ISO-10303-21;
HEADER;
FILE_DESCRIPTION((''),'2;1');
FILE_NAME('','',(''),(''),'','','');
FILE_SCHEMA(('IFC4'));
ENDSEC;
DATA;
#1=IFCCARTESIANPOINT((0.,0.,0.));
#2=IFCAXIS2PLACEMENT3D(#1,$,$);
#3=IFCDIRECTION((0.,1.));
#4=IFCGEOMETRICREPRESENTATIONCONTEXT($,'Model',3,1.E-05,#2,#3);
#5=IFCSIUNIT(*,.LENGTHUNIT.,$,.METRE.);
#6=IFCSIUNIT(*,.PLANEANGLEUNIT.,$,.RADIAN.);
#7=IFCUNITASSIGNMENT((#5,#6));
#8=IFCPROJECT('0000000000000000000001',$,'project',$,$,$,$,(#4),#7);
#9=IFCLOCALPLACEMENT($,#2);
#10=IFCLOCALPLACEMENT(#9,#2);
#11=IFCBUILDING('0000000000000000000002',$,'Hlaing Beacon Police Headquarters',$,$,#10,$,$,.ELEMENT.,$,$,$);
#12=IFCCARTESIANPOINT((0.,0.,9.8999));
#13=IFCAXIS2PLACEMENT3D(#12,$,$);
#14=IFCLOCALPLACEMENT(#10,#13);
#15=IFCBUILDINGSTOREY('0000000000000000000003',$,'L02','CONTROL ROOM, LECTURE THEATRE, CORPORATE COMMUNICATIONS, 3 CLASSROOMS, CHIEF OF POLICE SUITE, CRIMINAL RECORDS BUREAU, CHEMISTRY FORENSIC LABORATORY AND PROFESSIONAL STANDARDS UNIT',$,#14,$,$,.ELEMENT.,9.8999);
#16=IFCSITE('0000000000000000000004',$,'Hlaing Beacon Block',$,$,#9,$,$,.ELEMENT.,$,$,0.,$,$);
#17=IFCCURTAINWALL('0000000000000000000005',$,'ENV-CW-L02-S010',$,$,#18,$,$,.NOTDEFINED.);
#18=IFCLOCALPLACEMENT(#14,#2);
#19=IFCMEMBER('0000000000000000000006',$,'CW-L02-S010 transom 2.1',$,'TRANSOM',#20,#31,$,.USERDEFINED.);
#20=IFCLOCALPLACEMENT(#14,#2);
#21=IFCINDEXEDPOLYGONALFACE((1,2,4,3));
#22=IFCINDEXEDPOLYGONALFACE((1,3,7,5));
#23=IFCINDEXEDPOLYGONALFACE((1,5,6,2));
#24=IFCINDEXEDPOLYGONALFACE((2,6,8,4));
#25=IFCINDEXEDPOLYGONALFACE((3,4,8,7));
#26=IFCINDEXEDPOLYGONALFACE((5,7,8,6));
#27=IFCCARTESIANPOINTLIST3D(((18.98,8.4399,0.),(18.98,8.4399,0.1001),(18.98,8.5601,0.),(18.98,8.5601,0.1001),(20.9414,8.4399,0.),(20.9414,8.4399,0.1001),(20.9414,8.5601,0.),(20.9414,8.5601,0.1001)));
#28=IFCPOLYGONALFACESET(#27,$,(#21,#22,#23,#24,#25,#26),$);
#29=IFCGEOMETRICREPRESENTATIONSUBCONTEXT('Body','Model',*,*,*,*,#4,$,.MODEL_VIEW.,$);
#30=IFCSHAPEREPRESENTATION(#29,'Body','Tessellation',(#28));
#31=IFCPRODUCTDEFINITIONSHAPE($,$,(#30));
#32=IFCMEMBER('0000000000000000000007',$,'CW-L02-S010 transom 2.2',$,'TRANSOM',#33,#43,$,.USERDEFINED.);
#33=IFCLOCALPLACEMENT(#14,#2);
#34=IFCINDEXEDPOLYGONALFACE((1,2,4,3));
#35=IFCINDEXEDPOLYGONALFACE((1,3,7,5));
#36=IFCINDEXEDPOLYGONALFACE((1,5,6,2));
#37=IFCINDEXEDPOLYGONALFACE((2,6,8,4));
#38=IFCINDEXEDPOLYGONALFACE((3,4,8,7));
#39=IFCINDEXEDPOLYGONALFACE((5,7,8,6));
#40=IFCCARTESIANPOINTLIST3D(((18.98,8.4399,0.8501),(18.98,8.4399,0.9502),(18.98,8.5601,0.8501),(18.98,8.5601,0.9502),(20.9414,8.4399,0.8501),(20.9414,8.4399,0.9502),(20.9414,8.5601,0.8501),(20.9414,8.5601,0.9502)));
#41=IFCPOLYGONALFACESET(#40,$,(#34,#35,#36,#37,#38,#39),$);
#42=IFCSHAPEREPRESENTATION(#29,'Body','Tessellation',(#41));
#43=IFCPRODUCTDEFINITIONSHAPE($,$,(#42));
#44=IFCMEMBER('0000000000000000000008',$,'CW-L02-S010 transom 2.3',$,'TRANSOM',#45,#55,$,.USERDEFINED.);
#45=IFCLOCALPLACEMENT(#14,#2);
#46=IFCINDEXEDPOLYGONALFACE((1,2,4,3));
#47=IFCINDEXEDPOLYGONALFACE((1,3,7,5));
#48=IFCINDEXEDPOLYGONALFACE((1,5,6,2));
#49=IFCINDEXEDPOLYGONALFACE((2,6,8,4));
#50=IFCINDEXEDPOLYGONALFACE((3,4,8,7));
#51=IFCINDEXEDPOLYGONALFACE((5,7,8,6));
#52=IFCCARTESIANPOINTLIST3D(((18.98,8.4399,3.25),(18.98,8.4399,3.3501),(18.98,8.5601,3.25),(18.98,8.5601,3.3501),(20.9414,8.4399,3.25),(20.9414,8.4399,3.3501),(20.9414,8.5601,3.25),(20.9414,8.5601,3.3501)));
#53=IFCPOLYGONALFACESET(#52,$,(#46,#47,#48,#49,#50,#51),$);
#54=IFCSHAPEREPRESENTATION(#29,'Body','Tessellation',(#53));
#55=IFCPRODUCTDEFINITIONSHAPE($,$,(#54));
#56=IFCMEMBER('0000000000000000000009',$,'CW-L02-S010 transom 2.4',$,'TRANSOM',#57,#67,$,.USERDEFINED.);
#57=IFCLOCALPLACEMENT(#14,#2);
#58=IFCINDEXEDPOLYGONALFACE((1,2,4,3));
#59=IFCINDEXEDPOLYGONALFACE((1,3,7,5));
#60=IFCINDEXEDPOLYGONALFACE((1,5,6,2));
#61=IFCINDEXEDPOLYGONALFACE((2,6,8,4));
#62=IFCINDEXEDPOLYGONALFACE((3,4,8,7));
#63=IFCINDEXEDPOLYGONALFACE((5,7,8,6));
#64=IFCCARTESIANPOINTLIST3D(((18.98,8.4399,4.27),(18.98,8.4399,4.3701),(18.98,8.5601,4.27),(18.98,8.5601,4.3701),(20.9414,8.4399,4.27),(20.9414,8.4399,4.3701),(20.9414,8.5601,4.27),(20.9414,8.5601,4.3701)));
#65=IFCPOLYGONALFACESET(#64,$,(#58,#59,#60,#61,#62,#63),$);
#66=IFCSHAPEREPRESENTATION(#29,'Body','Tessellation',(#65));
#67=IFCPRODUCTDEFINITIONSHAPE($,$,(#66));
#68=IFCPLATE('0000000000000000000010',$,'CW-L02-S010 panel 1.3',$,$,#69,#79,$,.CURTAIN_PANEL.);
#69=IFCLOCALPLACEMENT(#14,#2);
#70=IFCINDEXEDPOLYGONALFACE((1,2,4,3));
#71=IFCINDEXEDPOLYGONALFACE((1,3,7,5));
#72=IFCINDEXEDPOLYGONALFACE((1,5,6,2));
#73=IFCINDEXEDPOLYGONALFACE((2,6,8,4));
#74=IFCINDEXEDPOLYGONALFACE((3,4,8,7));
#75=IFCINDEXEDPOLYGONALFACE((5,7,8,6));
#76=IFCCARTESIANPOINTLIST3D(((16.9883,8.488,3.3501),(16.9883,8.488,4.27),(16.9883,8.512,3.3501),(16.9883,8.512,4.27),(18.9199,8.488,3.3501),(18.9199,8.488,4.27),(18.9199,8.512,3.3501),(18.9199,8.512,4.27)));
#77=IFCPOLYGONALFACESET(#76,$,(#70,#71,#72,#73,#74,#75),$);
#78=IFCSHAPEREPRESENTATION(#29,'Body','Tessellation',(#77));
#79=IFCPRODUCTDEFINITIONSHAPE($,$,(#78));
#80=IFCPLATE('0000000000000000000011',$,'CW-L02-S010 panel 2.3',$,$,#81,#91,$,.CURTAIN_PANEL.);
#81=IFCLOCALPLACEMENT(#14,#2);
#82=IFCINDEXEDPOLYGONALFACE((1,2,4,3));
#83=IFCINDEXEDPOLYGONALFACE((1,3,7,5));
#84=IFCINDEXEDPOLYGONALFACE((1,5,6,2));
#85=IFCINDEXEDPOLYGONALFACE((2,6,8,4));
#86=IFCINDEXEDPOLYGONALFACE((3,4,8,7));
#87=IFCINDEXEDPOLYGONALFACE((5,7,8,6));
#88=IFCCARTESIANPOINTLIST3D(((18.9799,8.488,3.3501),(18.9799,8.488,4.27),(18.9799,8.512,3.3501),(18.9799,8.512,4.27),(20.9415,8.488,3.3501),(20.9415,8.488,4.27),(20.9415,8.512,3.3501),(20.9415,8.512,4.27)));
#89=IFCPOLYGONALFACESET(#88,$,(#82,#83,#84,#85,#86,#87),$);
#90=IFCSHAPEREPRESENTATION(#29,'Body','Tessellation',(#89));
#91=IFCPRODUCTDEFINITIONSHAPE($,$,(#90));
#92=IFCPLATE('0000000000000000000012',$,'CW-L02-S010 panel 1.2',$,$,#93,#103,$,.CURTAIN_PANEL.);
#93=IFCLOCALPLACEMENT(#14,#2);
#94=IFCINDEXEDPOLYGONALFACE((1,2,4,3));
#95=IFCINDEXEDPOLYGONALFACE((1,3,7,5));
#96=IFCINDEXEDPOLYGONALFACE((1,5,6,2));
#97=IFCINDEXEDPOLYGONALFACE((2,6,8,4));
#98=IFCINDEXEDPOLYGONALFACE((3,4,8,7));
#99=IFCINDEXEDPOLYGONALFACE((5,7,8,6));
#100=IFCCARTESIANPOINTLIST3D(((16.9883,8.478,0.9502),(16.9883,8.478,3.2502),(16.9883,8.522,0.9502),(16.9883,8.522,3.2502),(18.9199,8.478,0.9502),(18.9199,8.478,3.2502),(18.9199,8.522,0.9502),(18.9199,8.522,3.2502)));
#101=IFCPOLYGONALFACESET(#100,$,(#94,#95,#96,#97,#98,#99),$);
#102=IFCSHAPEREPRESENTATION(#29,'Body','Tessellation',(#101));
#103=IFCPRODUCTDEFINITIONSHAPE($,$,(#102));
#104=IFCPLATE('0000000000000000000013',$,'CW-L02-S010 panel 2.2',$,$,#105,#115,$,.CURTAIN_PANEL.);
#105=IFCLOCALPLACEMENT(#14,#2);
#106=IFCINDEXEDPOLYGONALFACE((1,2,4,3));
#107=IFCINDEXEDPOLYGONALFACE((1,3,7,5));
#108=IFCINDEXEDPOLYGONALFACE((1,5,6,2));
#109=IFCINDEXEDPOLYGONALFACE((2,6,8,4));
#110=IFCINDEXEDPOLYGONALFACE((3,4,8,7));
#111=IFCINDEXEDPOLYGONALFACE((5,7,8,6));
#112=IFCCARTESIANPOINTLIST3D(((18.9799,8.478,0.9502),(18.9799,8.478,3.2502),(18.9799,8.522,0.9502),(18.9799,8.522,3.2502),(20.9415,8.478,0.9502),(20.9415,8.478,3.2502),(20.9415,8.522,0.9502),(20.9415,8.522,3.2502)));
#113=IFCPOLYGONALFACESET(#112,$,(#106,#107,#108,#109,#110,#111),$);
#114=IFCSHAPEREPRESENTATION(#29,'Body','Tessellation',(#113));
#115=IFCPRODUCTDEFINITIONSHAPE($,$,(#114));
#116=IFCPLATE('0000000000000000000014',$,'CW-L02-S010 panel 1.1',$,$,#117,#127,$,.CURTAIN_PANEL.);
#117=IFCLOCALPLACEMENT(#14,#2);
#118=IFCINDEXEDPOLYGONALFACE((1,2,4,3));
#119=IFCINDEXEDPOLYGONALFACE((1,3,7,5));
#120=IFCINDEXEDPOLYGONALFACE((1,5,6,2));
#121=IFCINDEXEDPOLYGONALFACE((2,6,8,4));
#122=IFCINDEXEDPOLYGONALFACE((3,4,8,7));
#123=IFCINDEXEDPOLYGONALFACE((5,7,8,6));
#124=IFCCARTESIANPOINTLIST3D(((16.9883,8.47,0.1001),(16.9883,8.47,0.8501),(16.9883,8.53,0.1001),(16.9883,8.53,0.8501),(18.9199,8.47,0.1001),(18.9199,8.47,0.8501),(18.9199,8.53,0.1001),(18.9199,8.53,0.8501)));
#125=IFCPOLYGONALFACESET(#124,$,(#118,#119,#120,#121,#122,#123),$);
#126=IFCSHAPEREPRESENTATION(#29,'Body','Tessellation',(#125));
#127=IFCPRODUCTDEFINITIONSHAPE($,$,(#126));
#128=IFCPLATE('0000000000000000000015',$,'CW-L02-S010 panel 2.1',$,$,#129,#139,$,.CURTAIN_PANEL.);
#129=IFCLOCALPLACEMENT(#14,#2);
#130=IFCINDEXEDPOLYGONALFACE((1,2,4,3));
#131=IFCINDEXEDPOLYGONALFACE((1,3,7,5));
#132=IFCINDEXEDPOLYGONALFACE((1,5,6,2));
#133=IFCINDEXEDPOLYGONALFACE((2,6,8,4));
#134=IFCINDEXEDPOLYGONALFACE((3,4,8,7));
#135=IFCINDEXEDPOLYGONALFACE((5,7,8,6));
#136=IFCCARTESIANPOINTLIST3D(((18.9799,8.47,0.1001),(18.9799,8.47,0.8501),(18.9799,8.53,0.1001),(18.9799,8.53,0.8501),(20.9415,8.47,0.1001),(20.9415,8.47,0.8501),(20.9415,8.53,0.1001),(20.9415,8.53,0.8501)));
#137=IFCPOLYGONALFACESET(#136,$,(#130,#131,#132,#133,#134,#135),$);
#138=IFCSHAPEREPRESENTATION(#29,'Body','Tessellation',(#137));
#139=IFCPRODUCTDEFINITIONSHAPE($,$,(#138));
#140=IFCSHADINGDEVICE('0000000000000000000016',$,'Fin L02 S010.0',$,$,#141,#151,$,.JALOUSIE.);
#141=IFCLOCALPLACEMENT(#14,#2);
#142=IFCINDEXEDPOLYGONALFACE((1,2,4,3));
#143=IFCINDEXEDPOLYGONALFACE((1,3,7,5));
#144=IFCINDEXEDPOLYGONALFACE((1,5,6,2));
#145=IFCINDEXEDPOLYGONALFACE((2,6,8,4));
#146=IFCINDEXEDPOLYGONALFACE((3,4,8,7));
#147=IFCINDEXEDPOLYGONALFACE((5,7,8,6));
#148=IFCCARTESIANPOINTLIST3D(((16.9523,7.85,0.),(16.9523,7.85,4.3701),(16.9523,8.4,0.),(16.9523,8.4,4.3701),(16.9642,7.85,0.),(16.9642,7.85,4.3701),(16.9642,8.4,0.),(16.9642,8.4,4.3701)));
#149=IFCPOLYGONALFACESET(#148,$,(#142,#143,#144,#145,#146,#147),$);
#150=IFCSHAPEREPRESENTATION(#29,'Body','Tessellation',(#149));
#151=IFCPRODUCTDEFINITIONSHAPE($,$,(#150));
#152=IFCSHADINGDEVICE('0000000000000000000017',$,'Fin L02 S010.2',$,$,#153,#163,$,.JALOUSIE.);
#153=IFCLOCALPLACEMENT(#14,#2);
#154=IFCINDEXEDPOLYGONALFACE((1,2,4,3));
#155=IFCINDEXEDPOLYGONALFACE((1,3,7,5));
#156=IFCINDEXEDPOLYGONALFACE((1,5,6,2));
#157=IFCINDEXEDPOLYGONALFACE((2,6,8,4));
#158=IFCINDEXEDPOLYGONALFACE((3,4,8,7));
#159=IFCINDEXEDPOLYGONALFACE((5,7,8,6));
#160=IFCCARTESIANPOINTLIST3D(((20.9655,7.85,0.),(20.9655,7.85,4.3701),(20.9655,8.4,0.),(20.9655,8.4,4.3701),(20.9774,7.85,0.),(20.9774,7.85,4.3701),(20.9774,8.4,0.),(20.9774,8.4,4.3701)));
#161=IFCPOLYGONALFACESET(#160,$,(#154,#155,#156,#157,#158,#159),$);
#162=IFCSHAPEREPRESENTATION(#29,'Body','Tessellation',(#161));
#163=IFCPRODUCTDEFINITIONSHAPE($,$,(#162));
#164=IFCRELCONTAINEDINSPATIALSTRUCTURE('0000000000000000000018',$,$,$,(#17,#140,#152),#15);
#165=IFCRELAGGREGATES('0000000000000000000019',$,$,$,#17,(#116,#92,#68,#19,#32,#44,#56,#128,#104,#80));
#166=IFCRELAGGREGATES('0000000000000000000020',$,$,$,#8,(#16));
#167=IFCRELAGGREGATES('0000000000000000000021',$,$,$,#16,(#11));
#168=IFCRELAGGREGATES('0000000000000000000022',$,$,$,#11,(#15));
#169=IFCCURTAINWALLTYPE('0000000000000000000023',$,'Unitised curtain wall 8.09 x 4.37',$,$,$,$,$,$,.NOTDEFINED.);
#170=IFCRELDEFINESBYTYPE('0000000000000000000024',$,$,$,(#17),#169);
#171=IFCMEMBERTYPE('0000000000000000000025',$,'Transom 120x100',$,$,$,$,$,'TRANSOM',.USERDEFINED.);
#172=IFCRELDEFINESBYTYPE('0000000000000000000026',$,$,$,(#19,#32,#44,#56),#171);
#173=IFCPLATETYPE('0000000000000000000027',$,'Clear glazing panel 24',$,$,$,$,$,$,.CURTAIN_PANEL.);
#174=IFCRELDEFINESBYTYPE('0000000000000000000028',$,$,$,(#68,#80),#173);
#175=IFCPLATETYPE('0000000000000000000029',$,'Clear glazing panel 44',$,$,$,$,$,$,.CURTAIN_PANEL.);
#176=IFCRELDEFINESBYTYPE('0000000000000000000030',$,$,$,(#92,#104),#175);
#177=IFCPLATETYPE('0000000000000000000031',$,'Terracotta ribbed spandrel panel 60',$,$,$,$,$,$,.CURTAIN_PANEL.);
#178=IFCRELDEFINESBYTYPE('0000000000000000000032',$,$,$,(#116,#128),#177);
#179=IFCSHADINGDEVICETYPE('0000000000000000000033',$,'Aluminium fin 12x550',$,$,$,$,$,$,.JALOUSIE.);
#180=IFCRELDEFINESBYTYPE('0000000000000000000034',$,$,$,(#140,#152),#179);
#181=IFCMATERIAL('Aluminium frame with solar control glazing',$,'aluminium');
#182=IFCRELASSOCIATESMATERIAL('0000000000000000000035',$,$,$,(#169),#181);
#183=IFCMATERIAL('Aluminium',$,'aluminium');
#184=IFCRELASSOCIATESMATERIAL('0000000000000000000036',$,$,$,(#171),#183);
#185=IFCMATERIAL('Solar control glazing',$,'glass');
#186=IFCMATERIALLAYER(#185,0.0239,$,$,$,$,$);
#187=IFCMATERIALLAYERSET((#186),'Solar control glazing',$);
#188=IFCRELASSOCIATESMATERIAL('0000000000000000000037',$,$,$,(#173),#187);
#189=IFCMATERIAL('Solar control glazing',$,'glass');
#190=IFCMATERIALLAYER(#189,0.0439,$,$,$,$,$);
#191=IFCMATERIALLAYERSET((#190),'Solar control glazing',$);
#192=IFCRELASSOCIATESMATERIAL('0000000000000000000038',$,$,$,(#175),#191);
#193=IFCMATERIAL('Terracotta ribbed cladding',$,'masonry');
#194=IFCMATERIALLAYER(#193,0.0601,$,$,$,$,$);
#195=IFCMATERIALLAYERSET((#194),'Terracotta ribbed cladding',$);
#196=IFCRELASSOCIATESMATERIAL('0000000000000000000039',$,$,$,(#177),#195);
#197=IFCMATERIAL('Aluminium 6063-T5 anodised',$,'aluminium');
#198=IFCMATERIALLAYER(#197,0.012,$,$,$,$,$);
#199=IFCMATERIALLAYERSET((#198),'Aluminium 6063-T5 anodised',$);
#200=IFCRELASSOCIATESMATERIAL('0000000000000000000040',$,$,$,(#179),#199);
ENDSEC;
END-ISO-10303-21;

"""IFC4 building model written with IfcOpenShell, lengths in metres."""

from ifc_helpers import new_model, si_unit, direction, frame, origin, origin_2d, place, context, subcontext, project, spatial, rectangle, extrude, material, layer, layer_set, material_profile, profile_set, type_object, element, aggregate, save


model = new_model("IFC4")

# Units and contexts
model_context = context("Model", 3, precision=1e-05, world=origin(), true_north=direction((0.0, 1.0)))
body_context = subcontext(model_context, "Body", "Model", "MODEL_VIEW")
ifc_project = project(units=[si_unit("LENGTHUNIT", "METRE"), si_unit("PLANEANGLEUNIT", "RADIAN")], contexts=[model_context])

# Site, building, storey
site_placement = place(None, origin())
site = spatial("IfcSite", under=ifc_project, at=site_placement, Name="Hlaing Beacon Block", CompositionType="ELEMENT", RefElevation=0.0)
building_placement = place(site_placement, origin())
building = spatial("IfcBuilding", under=site, at=building_placement, Name="Hlaing Beacon Police Headquarters", CompositionType="ELEMENT")
storey_placement = place(building_placement, frame((0.0, 0.0, 9.8999)))
storey = spatial("IfcBuildingStorey", under=building, at=storey_placement, Name="L02", Description="CONTROL ROOM, LECTURE THEATRE, CORPORATE COMMUNICATIONS, 3 CLASSROOMS, CHIEF OF POLICE SUITE, CRIMINAL RECORDS BUREAU, CHEMISTRY FORENSIC LABORATORY AND PROFESSIONAL STANDARDS UNIT", CompositionType="ELEMENT", Elevation=9.8999)

# Curtain wall
ifc_material_1 = material(Name="Aluminium frame with solar control glazing", Category="aluminium")
curtain_wall_type = type_object("IfcCurtainWallType", Name="Unitised curtain wall 8.09 x 4.37", PredefinedType="NOTDEFINED", material=ifc_material_1)
curtain_wall_placement = place(storey_placement, origin())
curtain_wall = element("IfcCurtainWall", 1, at=curtain_wall_placement, inside=storey, type_object=curtain_wall_type, Name="ENV-CW-L02-S010", PredefinedType="NOTDEFINED")

# Members
ifc_material_2 = material(Name="Aluminium", Category="aluminium")
ifc_material_profile_1 = material_profile(ifc_material_2, rectangle(XDim=0.1201, YDim=0.1001, at=origin_2d()), Name="Transom 120x100")
ifc_profile_set_1 = profile_set([ifc_material_profile_1], Name="Aluminium")
member_type_1 = type_object("IfcMemberType", Name="Transom 120x100", ElementType="TRANSOM", PredefinedType="USERDEFINED", material=ifc_profile_set_1)
member_1_placement = place(storey_placement, frame((18.98, 8.5, 0.05), z_axis=(1.0, 0.0, 0.0), x_axis=(0.0, 1.0, 0.0)))
member_1 = element("IfcMember", 2, at=member_1_placement, type_object=member_type_1, Name="CW-L02-S010 transom 2.1", ObjectType="TRANSOM", PredefinedType="USERDEFINED", context=body_context, shape_type="SweptSolid", body=[
    extrude(rectangle(XDim=0.1201, YDim=0.1001, at=origin_2d()), origin(), (0.0, 0.0, 1.0), 1.9614),
])
member_2_placement = place(storey_placement, frame((18.98, 8.5, 0.9001), z_axis=(1.0, 0.0, 0.0), x_axis=(0.0, 1.0, 0.0)))
member_2 = element("IfcMember", 3, at=member_2_placement, type_object=member_type_1, Name="CW-L02-S010 transom 2.2", ObjectType="TRANSOM", PredefinedType="USERDEFINED", context=body_context, shape_type="SweptSolid", body=[
    extrude(rectangle(XDim=0.1201, YDim=0.1001, at=origin_2d()), origin(), (0.0, 0.0, 1.0), 1.9614),
])
member_3_placement = place(storey_placement, frame((18.98, 8.5, 3.3), z_axis=(1.0, 0.0, 0.0), x_axis=(0.0, 1.0, 0.0)))
member_3 = element("IfcMember", 4, at=member_3_placement, type_object=member_type_1, Name="CW-L02-S010 transom 2.3", ObjectType="TRANSOM", PredefinedType="USERDEFINED", context=body_context, shape_type="SweptSolid", body=[
    extrude(rectangle(XDim=0.1201, YDim=0.1001, at=origin_2d()), origin(), (0.0, 0.0, 1.0), 1.9614),
])
member_4_placement = place(storey_placement, frame((18.98, 8.5, 4.3201), z_axis=(1.0, 0.0, 0.0), x_axis=(0.0, 1.0, 0.0)))
member_4 = element("IfcMember", 5, at=member_4_placement, type_object=member_type_1, Name="CW-L02-S010 transom 2.4", ObjectType="TRANSOM", PredefinedType="USERDEFINED", context=body_context, shape_type="SweptSolid", body=[
    extrude(rectangle(XDim=0.1201, YDim=0.1001, at=origin_2d()), origin(), (0.0, 0.0, 1.0), 1.9614),
])

# Plates
ifc_material_3 = material(Name="Solar control glazing", Category="glass")
ifc_layer_1 = layer(ifc_material_3, 0.0239)
ifc_layer_set_1 = layer_set([ifc_layer_1], Name="Solar control glazing")
plate_type_1 = type_object("IfcPlateType", Name="Clear glazing panel 24", PredefinedType="CURTAIN_PANEL", material=ifc_layer_set_1)
plate_1_placement = place(storey_placement, frame((17.9541, 8.5, 3.3501), z_axis=(0.0, 0.0, 1.0), x_axis=(1.0, 0.0, 0.0)))
plate_1 = element("IfcPlate", 6, at=plate_1_placement, type_object=plate_type_1, Name="CW-L02-S010 panel 1.3", PredefinedType="CURTAIN_PANEL", context=body_context, shape_type="SweptSolid", body=[
    extrude(rectangle(XDim=1.9316, YDim=0.0239, at=origin_2d()), origin(), (0.0, 0.0, 1.0), 0.9199),
])
plate_2_placement = place(storey_placement, frame((19.9607, 8.5, 3.3501), z_axis=(0.0, 0.0, 1.0), x_axis=(1.0, 0.0, 0.0)))
plate_2 = element("IfcPlate", 7, at=plate_2_placement, type_object=plate_type_1, Name="CW-L02-S010 panel 2.3", PredefinedType="CURTAIN_PANEL", context=body_context, shape_type="SweptSolid", body=[
    extrude(rectangle(XDim=1.9617, YDim=0.0239, at=origin_2d()), origin(), (0.0, 0.0, 1.0), 0.9199),
])
ifc_material_4 = material(Name="Solar control glazing", Category="glass")
ifc_layer_2 = layer(ifc_material_4, 0.0439)
ifc_layer_set_2 = layer_set([ifc_layer_2], Name="Solar control glazing")
plate_type_2 = type_object("IfcPlateType", Name="Clear glazing panel 44", PredefinedType="CURTAIN_PANEL", material=ifc_layer_set_2)
plate_3_placement = place(storey_placement, frame((17.9541, 8.5, 0.9502), z_axis=(0.0, 0.0, 1.0), x_axis=(1.0, 0.0, 0.0)))
plate_3 = element("IfcPlate", 8, at=plate_3_placement, type_object=plate_type_2, Name="CW-L02-S010 panel 1.2", PredefinedType="CURTAIN_PANEL", context=body_context, shape_type="SweptSolid", body=[
    extrude(rectangle(XDim=1.9316, YDim=0.0439, at=origin_2d()), origin(), (0.0, 0.0, 1.0), 2.3),
])
plate_4_placement = place(storey_placement, frame((19.9607, 8.5, 0.9502), z_axis=(0.0, 0.0, 1.0), x_axis=(1.0, 0.0, 0.0)))
plate_4 = element("IfcPlate", 9, at=plate_4_placement, type_object=plate_type_2, Name="CW-L02-S010 panel 2.2", PredefinedType="CURTAIN_PANEL", context=body_context, shape_type="SweptSolid", body=[
    extrude(rectangle(XDim=1.9617, YDim=0.0439, at=origin_2d()), origin(), (0.0, 0.0, 1.0), 2.3),
])
ifc_material_5 = material(Name="Terracotta ribbed cladding", Category="masonry")
ifc_layer_3 = layer(ifc_material_5, 0.0601)
ifc_layer_set_3 = layer_set([ifc_layer_3], Name="Terracotta ribbed cladding")
plate_type_3 = type_object("IfcPlateType", Name="Terracotta ribbed spandrel panel 60", PredefinedType="CURTAIN_PANEL", material=ifc_layer_set_3)
plate_5_placement = place(storey_placement, frame((17.9541, 8.5, 0.1001), z_axis=(0.0, 0.0, 1.0), x_axis=(1.0, 0.0, 0.0)))
plate_5 = element("IfcPlate", 10, at=plate_5_placement, type_object=plate_type_3, Name="CW-L02-S010 panel 1.1", PredefinedType="CURTAIN_PANEL", context=body_context, shape_type="SweptSolid", body=[
    extrude(rectangle(XDim=1.9316, YDim=0.0601, at=origin_2d()), origin(), (0.0, 0.0, 1.0), 0.75),
])
plate_6_placement = place(storey_placement, frame((19.9607, 8.5, 0.1001), z_axis=(0.0, 0.0, 1.0), x_axis=(1.0, 0.0, 0.0)))
plate_6 = element("IfcPlate", 11, at=plate_6_placement, type_object=plate_type_3, Name="CW-L02-S010 panel 2.1", PredefinedType="CURTAIN_PANEL", context=body_context, shape_type="SweptSolid", body=[
    extrude(rectangle(XDim=1.9617, YDim=0.0601, at=origin_2d()), origin(), (0.0, 0.0, 1.0), 0.75),
])
aggregate(curtain_wall, [plate_5, plate_3, plate_1, member_1, member_2, member_3, member_4, plate_6, plate_4, plate_2])

# Shading devices
ifc_material_6 = material(Name="Aluminium 6063-T5 anodised", Category="aluminium")
ifc_layer_4 = layer(ifc_material_6, 0.012)
ifc_layer_set_4 = layer_set([ifc_layer_4], Name="Aluminium 6063-T5 anodised")
shading_device_type = type_object("IfcShadingDeviceType", Name="Aluminium fin 12x550", PredefinedType="JALOUSIE", material=ifc_layer_set_4)
for number, where, z_axis, x_axis, name in (
    (12, (16.9583, 8.125, 0.0), (0.0, 0.0, 1.0), (1.0, 0.0, 0.0), "Fin L02 S010.0"),
    (13, (20.9714, 8.125, 0.0), (0.0, 0.0, 1.0), (1.0, 0.0, 0.0), "Fin L02 S010.2"),
):
    element("IfcShadingDevice", number, at=place(storey_placement, frame(where, z_axis=z_axis, x_axis=x_axis)), inside=storey, type_object=shading_device_type, Name=name, PredefinedType="JALOUSIE", context=body_context, shape_type="SweptSolid", body=[
        extrude(rectangle(XDim=0.012, YDim=0.55, at=origin_2d()), origin(), (0.0, 0.0, 1.0), 4.3701),
    ])

save(model, "model.ifc")
